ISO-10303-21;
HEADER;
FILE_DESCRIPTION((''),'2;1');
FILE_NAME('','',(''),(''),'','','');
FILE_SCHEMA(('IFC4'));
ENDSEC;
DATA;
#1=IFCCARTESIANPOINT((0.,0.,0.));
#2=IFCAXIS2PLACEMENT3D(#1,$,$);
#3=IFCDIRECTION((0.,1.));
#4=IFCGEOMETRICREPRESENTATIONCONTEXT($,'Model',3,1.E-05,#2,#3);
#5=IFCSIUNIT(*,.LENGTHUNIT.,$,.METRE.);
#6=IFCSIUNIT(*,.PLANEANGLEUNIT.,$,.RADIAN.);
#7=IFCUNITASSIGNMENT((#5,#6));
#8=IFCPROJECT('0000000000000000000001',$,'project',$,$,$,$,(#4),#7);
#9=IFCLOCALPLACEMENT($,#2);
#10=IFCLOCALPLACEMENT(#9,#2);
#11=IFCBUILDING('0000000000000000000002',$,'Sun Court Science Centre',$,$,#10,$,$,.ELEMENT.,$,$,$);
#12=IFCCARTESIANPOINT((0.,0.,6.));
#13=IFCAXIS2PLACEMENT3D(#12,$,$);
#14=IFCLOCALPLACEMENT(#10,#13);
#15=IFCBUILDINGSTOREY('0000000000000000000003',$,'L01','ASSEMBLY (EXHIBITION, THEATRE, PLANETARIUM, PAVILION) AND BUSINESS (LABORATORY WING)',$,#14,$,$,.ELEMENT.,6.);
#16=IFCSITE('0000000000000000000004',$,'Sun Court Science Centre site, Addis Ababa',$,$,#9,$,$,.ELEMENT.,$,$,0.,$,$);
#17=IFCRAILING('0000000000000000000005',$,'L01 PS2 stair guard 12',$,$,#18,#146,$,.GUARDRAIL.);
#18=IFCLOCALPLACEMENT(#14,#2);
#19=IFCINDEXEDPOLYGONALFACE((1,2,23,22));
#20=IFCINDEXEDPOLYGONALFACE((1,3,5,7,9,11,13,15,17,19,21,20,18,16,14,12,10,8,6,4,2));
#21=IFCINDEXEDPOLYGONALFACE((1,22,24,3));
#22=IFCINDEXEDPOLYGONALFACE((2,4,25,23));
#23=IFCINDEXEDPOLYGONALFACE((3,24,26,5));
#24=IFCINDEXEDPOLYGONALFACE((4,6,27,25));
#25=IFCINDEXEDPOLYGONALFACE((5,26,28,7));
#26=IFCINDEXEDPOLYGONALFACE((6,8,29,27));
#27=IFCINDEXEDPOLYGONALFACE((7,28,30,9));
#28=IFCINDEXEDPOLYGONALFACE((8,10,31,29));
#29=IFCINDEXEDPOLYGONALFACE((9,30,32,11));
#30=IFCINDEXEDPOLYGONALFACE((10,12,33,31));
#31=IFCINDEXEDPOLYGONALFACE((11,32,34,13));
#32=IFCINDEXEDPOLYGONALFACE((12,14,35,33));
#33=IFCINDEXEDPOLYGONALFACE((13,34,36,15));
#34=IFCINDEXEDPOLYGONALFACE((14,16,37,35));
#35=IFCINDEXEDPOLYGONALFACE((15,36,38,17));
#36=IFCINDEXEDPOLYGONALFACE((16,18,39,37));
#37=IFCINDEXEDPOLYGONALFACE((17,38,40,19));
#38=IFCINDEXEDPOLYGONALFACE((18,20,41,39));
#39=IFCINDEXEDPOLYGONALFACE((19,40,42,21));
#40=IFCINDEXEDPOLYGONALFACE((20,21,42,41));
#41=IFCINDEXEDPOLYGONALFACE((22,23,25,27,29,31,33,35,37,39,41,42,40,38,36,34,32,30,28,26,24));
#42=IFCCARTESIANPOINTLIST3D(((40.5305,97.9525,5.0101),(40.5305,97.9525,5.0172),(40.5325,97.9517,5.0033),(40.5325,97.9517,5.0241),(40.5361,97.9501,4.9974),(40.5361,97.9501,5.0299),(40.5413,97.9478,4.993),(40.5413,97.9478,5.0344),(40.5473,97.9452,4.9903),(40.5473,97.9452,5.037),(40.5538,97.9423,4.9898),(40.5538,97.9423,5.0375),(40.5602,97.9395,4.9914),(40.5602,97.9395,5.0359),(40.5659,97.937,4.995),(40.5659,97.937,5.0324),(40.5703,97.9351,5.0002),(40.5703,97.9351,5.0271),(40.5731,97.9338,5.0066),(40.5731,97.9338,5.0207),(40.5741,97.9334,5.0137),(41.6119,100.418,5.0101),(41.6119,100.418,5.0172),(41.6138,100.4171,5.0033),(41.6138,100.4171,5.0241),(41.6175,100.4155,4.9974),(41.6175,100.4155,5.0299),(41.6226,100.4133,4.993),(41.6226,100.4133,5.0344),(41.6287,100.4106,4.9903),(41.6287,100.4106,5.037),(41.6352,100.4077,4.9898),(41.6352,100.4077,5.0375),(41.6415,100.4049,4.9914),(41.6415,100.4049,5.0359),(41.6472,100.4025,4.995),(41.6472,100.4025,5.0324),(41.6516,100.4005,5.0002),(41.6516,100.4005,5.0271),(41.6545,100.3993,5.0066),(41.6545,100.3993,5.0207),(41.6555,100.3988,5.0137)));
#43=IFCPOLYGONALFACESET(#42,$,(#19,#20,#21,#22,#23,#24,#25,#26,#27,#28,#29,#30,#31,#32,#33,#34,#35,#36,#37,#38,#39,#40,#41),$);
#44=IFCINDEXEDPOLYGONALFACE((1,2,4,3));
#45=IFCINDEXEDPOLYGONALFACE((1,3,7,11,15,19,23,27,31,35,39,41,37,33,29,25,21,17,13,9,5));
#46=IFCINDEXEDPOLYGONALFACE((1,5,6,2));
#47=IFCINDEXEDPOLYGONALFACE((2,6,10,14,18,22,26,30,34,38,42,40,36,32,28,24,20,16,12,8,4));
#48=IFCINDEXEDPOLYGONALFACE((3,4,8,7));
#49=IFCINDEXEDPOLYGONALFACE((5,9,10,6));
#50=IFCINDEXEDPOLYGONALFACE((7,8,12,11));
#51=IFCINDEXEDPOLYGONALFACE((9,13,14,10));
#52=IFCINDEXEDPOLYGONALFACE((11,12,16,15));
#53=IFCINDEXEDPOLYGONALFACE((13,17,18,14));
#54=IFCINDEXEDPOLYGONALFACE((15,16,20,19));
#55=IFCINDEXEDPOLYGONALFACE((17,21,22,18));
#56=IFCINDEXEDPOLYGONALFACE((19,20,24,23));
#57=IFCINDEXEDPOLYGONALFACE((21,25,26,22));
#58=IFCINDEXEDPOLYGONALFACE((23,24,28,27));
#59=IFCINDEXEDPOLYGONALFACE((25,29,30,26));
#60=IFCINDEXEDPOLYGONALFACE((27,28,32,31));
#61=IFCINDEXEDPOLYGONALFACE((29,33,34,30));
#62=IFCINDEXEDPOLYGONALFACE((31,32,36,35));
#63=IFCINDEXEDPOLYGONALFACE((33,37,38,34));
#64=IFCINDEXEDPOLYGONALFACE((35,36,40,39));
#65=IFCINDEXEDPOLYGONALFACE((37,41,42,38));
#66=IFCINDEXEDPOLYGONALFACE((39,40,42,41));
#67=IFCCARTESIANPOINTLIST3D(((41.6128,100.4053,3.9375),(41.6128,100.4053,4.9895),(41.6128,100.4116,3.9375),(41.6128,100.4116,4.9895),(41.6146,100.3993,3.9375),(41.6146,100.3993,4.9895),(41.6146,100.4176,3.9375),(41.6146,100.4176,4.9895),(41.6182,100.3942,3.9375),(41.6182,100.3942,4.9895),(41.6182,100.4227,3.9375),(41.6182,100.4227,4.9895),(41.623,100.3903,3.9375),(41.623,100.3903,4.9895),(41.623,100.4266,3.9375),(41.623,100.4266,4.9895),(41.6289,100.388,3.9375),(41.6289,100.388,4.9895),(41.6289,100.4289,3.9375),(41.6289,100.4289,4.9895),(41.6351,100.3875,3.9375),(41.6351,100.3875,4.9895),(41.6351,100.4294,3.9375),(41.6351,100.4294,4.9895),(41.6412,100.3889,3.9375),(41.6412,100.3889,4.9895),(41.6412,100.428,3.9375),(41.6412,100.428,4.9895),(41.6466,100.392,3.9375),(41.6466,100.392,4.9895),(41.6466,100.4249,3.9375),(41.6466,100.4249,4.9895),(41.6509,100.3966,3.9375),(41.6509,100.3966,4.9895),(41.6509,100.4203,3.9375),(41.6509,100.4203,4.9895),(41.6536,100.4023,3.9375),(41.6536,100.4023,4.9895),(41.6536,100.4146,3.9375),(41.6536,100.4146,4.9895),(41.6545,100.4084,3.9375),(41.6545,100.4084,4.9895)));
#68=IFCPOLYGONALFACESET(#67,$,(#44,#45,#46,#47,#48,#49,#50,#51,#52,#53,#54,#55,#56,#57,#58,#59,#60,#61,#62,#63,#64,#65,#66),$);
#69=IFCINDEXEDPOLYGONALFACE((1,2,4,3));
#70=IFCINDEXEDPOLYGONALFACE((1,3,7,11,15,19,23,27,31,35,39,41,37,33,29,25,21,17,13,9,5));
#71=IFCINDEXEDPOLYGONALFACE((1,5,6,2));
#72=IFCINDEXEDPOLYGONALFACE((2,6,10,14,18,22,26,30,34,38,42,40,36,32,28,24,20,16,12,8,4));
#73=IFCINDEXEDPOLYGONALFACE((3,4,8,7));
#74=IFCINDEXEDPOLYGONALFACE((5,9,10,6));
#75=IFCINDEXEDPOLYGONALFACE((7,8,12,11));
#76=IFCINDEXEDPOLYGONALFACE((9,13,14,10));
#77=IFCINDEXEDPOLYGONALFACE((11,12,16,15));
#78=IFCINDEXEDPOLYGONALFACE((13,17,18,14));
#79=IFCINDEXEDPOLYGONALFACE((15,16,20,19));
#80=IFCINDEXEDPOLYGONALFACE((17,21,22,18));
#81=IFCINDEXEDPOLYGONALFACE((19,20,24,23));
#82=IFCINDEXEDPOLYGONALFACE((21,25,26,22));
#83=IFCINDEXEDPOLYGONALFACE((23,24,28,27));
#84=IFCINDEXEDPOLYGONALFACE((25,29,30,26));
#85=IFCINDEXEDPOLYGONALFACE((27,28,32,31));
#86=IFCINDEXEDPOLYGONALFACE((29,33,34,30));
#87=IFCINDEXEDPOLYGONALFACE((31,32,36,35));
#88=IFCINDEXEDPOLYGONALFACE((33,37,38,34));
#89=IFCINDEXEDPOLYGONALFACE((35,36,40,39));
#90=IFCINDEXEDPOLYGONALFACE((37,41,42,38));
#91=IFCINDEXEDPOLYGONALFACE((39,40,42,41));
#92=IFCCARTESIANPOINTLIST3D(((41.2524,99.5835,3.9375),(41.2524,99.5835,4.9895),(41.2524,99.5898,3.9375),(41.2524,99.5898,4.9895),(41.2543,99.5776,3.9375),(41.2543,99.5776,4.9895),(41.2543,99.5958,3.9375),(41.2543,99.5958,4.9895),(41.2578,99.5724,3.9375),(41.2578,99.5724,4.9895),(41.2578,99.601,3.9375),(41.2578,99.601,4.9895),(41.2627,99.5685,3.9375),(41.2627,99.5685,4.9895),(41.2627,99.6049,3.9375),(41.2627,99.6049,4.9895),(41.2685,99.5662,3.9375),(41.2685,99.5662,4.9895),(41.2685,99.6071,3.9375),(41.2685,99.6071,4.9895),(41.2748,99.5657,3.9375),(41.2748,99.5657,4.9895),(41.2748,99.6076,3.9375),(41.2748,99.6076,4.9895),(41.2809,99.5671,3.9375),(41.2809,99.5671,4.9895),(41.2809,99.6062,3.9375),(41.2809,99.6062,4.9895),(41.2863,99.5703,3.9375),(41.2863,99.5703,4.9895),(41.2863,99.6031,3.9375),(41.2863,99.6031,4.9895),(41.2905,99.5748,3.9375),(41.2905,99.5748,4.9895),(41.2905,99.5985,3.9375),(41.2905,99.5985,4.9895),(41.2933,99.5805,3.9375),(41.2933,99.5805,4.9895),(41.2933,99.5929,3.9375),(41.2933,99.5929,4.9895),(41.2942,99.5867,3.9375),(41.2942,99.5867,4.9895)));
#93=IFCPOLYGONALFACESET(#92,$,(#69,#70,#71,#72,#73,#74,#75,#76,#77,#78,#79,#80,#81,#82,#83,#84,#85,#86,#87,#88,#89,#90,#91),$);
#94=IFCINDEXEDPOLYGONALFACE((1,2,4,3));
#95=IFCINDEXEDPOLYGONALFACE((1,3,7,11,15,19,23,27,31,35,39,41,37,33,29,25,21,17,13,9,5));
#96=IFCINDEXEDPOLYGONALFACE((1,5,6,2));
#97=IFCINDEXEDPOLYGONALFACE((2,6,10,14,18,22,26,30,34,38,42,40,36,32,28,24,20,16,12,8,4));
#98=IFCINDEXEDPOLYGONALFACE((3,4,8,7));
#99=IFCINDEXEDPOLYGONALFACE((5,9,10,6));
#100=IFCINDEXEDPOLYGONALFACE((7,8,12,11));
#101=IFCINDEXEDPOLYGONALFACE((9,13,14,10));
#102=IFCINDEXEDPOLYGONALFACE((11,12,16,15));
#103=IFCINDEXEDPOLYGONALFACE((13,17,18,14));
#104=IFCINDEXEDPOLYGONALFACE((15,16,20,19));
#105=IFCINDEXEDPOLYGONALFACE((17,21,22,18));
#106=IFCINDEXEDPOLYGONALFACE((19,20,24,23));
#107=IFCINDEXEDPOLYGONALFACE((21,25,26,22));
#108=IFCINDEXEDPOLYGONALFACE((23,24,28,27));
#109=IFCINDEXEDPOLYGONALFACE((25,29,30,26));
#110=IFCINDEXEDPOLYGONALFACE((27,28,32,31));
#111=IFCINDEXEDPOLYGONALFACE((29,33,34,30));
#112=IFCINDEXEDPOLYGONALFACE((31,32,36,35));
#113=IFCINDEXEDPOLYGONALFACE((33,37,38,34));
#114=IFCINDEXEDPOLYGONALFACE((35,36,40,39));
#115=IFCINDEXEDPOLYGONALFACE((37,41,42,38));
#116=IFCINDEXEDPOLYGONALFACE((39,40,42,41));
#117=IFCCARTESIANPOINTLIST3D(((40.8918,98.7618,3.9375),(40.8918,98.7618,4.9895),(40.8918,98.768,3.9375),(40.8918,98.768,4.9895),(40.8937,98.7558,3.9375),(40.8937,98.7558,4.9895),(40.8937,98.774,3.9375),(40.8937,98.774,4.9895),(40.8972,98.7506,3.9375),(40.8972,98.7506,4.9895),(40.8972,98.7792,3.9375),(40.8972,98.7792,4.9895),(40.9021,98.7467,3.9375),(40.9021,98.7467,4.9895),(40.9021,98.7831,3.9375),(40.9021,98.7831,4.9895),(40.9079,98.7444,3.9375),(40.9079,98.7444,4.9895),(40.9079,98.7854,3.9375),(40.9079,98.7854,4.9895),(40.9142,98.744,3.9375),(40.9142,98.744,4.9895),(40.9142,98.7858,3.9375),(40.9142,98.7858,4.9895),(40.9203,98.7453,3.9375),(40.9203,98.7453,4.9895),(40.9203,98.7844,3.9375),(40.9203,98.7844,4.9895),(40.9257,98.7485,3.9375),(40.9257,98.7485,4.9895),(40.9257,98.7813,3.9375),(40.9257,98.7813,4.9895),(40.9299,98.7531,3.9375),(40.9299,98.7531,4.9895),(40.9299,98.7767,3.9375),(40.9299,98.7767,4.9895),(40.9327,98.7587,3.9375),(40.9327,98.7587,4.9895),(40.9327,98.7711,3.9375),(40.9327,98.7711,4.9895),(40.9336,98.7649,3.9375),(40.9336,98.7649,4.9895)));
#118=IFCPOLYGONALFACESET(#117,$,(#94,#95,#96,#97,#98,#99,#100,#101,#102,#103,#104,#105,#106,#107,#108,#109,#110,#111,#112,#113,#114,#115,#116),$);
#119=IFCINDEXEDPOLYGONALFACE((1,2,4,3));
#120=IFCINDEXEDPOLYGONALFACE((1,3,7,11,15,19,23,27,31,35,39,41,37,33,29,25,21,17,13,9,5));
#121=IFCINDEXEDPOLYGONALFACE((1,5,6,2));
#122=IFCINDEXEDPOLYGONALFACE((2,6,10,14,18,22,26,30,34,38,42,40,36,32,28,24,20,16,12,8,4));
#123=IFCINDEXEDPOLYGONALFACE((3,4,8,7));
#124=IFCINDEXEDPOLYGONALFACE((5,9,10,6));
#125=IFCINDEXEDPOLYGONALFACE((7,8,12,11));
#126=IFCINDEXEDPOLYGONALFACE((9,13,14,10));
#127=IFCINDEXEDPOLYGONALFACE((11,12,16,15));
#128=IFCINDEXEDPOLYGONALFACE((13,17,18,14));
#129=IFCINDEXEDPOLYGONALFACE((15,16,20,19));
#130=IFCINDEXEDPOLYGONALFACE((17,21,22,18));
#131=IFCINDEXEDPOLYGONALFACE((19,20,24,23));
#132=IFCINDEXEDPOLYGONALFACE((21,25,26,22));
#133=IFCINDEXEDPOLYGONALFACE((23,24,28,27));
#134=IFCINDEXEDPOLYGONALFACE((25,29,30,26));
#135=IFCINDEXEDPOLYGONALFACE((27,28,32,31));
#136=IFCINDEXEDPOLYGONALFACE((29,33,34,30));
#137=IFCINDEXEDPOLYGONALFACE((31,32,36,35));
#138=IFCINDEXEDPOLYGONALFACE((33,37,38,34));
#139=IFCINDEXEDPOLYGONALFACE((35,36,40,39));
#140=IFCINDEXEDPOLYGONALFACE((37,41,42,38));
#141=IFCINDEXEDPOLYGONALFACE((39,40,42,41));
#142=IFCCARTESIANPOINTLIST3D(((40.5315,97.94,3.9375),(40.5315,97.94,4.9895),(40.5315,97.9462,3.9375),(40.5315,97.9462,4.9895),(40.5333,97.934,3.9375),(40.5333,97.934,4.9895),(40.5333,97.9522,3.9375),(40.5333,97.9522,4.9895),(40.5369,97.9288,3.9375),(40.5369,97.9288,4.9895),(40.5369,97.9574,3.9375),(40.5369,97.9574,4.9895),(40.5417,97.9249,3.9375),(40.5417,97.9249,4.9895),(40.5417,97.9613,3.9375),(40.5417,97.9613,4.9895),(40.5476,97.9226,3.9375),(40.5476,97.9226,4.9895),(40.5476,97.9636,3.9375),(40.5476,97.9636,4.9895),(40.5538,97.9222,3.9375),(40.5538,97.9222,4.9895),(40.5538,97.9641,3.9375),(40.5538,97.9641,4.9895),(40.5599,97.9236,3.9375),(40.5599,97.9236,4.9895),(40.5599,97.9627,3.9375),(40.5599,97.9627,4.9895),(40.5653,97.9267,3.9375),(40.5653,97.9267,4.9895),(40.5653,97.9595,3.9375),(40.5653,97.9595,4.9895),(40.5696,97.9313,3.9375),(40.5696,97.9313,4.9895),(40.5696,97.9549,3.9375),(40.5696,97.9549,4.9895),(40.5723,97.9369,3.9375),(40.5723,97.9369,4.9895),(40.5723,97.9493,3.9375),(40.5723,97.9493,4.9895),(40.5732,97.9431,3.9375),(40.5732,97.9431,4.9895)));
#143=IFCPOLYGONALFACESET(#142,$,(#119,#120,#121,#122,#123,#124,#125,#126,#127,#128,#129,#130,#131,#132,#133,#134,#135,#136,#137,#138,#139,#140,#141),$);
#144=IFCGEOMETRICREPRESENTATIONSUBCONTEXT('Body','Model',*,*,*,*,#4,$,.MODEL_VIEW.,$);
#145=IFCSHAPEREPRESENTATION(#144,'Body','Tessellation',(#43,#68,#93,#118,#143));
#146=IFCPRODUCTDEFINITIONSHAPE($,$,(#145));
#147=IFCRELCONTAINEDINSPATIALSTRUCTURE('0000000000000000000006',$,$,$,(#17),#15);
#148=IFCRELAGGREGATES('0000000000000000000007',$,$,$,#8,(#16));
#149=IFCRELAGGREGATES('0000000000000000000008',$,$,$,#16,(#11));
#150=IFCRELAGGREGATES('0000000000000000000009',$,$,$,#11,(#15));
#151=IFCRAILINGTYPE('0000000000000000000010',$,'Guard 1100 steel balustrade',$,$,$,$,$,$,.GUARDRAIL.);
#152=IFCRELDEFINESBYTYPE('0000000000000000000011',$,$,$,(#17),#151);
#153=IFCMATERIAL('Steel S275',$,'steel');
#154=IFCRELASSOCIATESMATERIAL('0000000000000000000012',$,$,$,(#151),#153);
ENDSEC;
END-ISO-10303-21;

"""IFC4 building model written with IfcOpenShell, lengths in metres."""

from ifc_helpers import new_model, si_unit, direction, frame, origin, origin_2d, place, context, subcontext, project, spatial, circle, extrude, material, type_object, element, save


model = new_model("IFC4")

# Units and contexts
model_context = context("Model", 3, precision=1e-05, world=origin(), true_north=direction((0.0, 1.0)))
body_context = subcontext(model_context, "Body", "Model", "MODEL_VIEW")
ifc_project = project(units=[si_unit("LENGTHUNIT", "METRE"), si_unit("PLANEANGLEUNIT", "RADIAN")], contexts=[model_context])

# Site, building, storey
site_placement = place(None, origin())
site = spatial("IfcSite", under=ifc_project, at=site_placement, Name="Sun Court Science Centre site, Addis Ababa", CompositionType="ELEMENT", RefElevation=0.0)
building_placement = place(site_placement, origin())
building = spatial("IfcBuilding", under=site, at=building_placement, Name="Sun Court Science Centre", CompositionType="ELEMENT")
storey_placement = place(building_placement, frame((0.0, 0.0, 6.0)))
storey = spatial("IfcBuildingStorey", under=building, at=storey_placement, Name="L01", Description="ASSEMBLY (EXHIBITION, THEATRE, PLANETARIUM, PAVILION) AND BUSINESS (LABORATORY WING)", CompositionType="ELEMENT", Elevation=6.0)

# Railing
ifc_material_1 = material(Name="Steel S275", Category="steel")
railing_type_1 = type_object("IfcRailingType", Name="Guard 1100 steel balustrade", PredefinedType="GUARDRAIL", material=ifc_material_1)
railing_1_placement = place(storey_placement, frame((41.6335, 100.4084, 3.9375)))
element("IfcRailing", 1, at=railing_1_placement, inside=storey, type_object=railing_type_1, Name="L01 PS2 stair guard 12", PredefinedType="GUARDRAIL", context=body_context, shape_type="SweptSolid", body=[
    extrude(circle(Radius=0.0239, at=origin_2d()), frame((0.0, 0.0, 1.0762), z_axis=(-0.401665, -0.915786, 0.0), x_axis=(0.915786, -0.401665, 0.0)), (0.0, 0.0, 1.0), 2.6921),
    extrude(circle(Radius=0.021, at=origin_2d()), origin(), (0.0, 0.0, 1.0), 1.052),
    extrude(circle(Radius=0.021, at=origin_2d()), frame((-0.3604, -0.8218, 0.0)), (0.0, 0.0, 1.0), 1.052),
    extrude(circle(Radius=0.021, at=origin_2d()), frame((-0.7209, -1.6436, 0.0)), (0.0, 0.0, 1.0), 1.052),
    extrude(circle(Radius=0.021, at=origin_2d()), frame((-1.0813, -2.4653, 0.0)), (0.0, 0.0, 1.0), 1.052),
])

save(model, "model.ifc")
